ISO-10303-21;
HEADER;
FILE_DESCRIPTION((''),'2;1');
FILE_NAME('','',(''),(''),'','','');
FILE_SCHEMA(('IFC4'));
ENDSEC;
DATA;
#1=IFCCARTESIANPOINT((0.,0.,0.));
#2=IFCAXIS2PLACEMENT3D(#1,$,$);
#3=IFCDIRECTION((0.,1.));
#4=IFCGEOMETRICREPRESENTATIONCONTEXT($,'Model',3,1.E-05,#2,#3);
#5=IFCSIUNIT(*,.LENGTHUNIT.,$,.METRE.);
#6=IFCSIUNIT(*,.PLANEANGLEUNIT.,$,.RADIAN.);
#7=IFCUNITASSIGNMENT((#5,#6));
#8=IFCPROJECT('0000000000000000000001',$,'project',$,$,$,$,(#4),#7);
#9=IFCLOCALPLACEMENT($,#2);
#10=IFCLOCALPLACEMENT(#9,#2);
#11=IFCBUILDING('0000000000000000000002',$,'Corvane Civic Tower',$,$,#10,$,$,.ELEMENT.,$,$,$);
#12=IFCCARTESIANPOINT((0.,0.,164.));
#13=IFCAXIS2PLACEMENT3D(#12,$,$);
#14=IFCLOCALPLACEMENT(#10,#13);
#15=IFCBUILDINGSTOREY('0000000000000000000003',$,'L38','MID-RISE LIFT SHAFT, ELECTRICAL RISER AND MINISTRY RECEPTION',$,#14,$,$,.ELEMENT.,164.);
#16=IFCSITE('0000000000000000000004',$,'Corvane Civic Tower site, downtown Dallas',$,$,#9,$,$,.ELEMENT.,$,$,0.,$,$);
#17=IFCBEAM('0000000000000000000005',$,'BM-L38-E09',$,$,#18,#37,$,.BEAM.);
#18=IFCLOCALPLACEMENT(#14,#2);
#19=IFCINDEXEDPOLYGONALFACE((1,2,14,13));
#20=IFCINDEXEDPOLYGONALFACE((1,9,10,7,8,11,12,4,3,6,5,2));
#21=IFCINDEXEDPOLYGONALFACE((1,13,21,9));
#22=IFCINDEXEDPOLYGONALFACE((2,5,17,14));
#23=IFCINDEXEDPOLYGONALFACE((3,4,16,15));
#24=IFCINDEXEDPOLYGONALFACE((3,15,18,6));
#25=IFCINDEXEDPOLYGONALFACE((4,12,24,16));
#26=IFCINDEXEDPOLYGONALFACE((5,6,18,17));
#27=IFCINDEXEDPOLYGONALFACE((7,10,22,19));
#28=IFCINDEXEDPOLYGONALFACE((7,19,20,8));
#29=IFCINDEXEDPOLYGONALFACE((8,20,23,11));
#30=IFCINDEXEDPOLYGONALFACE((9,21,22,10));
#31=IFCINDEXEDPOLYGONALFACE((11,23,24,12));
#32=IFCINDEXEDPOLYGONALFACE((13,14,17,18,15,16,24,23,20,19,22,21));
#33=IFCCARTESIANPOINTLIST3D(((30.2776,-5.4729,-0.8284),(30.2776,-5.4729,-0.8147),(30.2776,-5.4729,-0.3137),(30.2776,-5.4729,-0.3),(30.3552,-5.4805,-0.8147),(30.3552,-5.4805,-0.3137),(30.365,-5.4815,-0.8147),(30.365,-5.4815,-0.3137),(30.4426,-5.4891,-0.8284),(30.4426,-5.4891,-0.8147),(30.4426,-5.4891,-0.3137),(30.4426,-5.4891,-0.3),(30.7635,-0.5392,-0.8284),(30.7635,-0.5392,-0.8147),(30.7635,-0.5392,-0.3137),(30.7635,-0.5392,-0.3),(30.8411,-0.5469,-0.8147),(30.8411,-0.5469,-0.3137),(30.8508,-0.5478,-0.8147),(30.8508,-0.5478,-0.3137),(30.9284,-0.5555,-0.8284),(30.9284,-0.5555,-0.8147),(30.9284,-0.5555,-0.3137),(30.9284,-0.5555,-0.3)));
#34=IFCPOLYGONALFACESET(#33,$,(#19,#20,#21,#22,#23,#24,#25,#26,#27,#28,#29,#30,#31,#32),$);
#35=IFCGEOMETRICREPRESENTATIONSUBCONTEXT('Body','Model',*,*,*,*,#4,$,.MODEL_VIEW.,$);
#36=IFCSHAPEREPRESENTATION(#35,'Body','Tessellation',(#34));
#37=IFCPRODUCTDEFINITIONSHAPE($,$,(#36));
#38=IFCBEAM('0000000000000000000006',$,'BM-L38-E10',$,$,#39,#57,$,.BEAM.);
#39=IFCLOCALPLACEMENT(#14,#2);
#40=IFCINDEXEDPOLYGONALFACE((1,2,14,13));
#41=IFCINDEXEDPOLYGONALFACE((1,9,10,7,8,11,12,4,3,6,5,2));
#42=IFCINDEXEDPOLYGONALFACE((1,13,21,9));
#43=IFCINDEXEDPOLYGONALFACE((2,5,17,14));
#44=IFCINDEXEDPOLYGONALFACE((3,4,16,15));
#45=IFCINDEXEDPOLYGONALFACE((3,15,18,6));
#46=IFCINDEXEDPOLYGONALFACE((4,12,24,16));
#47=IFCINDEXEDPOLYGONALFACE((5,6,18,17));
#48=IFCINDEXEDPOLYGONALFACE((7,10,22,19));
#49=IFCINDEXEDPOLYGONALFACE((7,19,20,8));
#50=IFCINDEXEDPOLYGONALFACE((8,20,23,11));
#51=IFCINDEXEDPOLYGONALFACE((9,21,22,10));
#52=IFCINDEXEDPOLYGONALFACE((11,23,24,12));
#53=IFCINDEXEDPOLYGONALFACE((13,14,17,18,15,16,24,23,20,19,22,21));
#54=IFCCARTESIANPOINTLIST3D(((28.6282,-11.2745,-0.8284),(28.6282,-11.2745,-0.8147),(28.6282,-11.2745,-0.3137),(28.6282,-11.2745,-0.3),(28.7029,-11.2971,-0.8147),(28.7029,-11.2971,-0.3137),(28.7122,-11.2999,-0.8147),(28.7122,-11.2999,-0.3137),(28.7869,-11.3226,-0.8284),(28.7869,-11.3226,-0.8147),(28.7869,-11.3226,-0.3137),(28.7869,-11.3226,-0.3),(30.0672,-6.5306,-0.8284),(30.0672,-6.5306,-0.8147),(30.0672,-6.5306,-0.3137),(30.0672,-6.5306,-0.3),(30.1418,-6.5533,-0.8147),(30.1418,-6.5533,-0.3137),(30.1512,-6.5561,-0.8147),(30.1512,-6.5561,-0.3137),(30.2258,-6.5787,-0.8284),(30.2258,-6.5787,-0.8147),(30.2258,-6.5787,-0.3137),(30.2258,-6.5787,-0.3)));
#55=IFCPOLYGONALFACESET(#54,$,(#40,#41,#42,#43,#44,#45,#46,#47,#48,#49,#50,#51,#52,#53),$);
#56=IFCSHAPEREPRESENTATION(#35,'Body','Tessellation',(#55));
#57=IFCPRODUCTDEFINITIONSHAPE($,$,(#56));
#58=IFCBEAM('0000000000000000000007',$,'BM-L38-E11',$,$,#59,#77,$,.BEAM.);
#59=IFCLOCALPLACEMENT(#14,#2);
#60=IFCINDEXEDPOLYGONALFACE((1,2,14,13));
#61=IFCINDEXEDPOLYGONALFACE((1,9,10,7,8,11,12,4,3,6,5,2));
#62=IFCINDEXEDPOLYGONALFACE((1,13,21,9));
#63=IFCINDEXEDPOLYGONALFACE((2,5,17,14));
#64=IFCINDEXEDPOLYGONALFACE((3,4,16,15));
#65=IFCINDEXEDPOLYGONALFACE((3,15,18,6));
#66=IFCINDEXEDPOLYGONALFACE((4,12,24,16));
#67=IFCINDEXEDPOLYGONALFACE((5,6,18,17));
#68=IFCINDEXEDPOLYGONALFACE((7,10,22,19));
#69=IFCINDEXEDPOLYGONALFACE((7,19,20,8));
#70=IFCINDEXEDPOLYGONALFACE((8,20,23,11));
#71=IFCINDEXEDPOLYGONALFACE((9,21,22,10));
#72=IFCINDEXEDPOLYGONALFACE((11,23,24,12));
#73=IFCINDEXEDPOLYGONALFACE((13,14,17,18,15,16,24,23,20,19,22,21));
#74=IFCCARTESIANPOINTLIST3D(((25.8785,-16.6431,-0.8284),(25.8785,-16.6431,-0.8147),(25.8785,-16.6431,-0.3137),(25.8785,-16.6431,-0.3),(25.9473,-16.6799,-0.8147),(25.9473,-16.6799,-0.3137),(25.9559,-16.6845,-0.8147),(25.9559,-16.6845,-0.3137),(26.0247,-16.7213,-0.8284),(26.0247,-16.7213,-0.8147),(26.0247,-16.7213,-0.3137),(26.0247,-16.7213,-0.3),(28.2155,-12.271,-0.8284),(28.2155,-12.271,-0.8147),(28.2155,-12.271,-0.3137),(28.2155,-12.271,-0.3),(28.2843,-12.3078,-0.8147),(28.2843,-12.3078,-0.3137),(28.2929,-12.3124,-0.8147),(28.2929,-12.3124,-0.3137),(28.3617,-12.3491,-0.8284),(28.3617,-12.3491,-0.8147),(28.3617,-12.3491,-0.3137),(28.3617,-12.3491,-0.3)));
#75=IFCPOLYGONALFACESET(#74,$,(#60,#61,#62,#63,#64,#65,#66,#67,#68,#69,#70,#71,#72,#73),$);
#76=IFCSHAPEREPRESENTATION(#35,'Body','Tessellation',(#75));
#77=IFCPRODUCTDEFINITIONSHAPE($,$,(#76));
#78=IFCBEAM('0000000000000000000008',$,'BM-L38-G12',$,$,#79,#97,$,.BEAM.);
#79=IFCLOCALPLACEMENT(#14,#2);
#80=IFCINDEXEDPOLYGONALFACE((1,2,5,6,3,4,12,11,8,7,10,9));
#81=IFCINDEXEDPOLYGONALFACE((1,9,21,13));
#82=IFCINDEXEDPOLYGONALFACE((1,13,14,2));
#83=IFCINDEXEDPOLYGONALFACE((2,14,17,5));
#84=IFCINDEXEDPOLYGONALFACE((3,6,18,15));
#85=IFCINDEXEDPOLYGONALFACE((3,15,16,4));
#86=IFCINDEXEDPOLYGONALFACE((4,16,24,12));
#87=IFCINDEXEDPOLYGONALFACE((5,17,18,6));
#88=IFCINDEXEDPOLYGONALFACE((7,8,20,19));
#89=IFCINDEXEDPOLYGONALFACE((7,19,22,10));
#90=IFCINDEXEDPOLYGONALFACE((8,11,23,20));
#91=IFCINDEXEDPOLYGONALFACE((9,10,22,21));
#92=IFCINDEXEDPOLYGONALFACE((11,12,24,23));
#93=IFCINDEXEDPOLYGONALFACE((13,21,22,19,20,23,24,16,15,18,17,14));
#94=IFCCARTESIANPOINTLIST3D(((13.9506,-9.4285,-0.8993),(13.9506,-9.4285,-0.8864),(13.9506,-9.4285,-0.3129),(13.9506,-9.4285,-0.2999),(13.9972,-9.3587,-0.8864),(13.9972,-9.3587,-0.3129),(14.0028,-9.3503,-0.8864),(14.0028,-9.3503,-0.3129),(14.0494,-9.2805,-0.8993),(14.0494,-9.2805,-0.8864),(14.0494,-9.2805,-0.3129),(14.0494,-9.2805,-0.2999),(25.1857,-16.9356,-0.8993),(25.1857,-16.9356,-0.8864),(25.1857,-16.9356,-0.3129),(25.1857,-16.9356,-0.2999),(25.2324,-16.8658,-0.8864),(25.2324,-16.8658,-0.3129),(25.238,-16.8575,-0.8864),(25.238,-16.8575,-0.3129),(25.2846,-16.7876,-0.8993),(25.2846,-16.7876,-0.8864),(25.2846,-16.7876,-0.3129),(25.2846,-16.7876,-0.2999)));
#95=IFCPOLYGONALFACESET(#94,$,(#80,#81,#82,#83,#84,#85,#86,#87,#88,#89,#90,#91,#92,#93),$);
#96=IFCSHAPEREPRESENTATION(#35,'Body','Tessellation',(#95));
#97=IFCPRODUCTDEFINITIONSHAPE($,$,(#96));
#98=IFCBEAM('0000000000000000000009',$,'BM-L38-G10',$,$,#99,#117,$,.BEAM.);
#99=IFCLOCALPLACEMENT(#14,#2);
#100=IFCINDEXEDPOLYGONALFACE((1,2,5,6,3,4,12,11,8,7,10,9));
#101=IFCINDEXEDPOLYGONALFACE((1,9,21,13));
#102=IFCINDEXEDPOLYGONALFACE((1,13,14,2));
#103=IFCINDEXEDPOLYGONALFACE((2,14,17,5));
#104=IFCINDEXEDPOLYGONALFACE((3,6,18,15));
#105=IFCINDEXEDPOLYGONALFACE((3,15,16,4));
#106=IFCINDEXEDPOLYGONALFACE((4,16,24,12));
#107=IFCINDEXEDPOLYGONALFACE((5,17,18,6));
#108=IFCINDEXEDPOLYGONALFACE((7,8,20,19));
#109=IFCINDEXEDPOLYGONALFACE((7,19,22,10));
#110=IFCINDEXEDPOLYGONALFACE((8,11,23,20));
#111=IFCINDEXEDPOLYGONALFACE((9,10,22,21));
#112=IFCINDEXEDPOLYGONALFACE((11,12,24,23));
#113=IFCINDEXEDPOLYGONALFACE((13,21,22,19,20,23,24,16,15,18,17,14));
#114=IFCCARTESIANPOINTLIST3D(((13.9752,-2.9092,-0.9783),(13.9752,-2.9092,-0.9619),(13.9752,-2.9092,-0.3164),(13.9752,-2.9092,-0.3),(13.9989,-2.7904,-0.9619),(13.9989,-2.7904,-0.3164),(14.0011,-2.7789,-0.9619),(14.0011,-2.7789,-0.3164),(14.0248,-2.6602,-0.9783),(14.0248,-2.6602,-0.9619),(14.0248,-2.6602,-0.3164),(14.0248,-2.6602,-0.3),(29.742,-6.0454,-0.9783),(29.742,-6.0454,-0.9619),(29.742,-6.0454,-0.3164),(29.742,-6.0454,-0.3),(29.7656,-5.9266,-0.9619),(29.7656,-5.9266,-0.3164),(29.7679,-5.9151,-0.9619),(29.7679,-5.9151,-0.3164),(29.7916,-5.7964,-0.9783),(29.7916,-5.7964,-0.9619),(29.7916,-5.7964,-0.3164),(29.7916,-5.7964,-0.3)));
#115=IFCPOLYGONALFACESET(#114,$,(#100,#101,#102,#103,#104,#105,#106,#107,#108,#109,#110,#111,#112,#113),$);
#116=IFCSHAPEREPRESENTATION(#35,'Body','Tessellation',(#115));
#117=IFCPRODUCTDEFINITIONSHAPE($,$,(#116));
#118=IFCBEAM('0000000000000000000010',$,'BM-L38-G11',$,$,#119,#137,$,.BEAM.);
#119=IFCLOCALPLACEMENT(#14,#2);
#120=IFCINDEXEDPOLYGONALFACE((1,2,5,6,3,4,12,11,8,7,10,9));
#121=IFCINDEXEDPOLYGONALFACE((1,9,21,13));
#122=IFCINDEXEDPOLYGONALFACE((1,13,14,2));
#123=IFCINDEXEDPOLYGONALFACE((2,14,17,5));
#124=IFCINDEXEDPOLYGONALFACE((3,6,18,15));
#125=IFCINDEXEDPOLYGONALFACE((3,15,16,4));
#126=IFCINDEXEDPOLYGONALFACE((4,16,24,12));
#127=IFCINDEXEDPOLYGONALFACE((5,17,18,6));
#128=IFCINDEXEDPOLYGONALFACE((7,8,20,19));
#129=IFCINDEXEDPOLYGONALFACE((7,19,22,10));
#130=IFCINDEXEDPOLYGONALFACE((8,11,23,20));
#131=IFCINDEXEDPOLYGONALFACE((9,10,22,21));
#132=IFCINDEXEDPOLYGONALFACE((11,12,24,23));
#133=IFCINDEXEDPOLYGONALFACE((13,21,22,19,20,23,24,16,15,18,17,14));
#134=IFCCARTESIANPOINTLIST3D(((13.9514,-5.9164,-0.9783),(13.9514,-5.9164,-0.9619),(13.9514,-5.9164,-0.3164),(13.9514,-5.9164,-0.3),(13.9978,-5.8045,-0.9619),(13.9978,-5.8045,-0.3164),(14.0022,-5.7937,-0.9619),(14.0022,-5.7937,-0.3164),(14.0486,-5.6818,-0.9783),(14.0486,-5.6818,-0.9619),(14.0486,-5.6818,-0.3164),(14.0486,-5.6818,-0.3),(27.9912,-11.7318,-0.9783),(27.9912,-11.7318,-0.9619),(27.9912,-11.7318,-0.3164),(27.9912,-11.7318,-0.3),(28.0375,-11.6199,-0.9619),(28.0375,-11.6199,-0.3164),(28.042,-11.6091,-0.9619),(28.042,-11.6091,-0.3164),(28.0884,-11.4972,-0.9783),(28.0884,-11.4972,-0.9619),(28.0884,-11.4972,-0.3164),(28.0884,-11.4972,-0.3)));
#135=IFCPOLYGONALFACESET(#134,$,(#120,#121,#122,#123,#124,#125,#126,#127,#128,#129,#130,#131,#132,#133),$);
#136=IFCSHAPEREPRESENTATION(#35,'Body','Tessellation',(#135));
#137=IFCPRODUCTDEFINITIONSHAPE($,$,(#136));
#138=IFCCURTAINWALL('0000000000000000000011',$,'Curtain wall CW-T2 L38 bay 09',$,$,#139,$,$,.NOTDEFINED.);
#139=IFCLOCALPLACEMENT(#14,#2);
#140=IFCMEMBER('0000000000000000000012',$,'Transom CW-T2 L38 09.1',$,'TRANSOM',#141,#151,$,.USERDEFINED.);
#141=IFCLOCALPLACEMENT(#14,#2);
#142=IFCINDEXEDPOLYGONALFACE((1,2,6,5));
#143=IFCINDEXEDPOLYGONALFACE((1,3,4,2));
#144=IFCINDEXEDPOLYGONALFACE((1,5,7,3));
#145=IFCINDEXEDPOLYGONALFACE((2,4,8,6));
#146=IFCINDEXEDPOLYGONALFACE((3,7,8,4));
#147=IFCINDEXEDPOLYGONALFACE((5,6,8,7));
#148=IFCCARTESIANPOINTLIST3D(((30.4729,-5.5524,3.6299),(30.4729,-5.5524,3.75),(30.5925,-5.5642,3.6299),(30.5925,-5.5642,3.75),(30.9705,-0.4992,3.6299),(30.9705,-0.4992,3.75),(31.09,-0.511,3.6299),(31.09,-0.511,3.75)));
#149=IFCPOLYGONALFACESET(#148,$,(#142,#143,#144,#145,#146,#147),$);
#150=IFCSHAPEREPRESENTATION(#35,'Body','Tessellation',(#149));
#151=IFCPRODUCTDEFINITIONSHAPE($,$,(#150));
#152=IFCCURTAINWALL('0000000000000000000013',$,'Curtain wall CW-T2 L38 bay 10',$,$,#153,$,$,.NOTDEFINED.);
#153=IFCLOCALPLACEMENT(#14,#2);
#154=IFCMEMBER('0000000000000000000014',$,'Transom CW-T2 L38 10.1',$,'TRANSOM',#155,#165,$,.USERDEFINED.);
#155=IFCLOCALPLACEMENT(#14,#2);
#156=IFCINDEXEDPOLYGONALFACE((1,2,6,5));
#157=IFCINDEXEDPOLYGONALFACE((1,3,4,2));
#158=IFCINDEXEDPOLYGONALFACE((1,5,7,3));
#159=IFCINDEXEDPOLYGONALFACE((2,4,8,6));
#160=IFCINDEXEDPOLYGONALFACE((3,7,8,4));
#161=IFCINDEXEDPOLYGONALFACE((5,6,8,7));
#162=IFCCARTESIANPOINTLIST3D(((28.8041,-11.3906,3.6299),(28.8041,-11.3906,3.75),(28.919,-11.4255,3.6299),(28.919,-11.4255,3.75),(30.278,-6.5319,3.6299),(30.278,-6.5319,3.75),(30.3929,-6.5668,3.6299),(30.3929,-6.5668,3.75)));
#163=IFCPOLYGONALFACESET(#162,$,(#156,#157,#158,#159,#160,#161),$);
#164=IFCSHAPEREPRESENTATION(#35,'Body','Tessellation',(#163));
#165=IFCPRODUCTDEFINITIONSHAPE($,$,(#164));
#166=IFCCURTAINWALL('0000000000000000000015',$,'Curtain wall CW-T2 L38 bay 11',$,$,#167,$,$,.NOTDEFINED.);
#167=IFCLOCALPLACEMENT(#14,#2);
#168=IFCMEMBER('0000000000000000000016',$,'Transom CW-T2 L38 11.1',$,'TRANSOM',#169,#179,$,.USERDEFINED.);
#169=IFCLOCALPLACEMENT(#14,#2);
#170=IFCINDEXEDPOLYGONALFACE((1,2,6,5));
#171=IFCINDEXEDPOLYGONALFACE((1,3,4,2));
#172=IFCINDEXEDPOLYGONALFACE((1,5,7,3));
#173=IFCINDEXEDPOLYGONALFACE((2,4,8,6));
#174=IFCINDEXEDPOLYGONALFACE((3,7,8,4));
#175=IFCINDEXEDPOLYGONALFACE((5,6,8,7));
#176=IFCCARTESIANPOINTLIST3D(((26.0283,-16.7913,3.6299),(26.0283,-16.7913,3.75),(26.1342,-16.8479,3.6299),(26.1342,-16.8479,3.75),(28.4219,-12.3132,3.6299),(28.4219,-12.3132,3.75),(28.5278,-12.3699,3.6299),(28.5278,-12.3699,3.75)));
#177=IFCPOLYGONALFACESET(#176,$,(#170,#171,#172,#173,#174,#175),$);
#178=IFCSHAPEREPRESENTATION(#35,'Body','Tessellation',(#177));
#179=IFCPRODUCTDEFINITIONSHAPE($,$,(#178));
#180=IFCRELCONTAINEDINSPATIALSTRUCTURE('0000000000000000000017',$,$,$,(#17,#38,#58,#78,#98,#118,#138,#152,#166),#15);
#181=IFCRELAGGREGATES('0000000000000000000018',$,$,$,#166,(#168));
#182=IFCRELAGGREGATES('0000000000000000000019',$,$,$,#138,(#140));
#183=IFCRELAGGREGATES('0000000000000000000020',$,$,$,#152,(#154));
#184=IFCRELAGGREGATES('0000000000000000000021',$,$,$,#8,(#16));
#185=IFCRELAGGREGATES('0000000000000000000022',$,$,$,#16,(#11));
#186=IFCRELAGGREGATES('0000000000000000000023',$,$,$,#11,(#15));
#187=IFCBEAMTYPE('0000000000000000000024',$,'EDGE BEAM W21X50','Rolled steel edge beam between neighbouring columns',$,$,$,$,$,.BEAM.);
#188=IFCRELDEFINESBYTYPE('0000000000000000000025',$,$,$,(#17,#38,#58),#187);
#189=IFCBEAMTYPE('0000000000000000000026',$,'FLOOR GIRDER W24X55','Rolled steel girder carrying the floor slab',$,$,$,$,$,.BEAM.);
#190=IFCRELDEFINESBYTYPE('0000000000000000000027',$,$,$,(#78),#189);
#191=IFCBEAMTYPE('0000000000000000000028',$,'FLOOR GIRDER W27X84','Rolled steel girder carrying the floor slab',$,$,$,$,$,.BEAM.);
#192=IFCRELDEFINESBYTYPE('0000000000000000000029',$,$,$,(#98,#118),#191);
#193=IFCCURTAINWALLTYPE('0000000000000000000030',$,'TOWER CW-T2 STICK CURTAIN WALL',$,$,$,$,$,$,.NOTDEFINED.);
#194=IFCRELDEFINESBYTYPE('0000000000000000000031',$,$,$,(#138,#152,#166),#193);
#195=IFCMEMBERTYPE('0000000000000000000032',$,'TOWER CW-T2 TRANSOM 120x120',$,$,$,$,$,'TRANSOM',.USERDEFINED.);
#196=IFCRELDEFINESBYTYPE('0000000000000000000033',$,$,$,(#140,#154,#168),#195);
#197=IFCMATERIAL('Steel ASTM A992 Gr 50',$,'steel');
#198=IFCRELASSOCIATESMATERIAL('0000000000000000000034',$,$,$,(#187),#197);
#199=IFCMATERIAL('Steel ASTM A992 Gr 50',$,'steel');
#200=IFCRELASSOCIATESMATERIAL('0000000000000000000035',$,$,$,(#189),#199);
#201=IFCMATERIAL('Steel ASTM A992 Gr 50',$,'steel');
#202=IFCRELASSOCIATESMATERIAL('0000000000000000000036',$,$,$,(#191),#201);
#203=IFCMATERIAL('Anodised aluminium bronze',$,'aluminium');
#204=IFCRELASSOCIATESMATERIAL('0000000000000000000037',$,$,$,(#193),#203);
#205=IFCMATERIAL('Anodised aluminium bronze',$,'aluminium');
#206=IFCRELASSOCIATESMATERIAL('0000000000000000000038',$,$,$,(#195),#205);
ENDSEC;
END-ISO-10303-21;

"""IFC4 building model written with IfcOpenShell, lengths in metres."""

from ifc_helpers import new_model, si_unit, direction, frame, origin, origin_2d, place, context, subcontext, project, spatial, rectangle, i_section, extrude, material, material_profile, profile_set, type_object, element, aggregate, save


model = new_model("IFC4")

# Units and contexts
model_context = context("Model", 3, precision=1e-05, world=origin(), true_north=direction((0.0, 1.0)))
body_context = subcontext(model_context, "Body", "Model", "MODEL_VIEW")
ifc_project = project(units=[si_unit("LENGTHUNIT", "METRE"), si_unit("PLANEANGLEUNIT", "RADIAN")], contexts=[model_context])

# Site, building, storey
site_placement = place(None, origin())
site = spatial("IfcSite", under=ifc_project, at=site_placement, Name="Corvane Civic Tower site, downtown Dallas", CompositionType="ELEMENT", RefElevation=0.0)
building_placement = place(site_placement, origin())
building = spatial("IfcBuilding", under=site, at=building_placement, Name="Corvane Civic Tower", CompositionType="ELEMENT")
storey_placement = place(building_placement, frame((0.0, 0.0, 164.0)))
storey = spatial("IfcBuildingStorey", under=building, at=storey_placement, Name="L38", Description="MID-RISE LIFT SHAFT, ELECTRICAL RISER AND MINISTRY RECEPTION", CompositionType="ELEMENT", Elevation=164.0)

# Beams
ifc_material_1 = material(Name="Steel ASTM A992 Gr 50", Category="steel")
ifc_material_profile_1 = material_profile(ifc_material_1, i_section(OverallWidth=0.1658, OverallDepth=0.5283, WebThickness=0.0098, FlangeThickness=0.0137, at=origin_2d()), Name="W21X50")
ifc_profile_set_1 = profile_set([ifc_material_profile_1], Name="Steel ASTM A992 Gr 50")
beam_type_1 = type_object("IfcBeamType", Name="EDGE BEAM W21X50", Description="Rolled steel edge beam between neighbouring columns", PredefinedType="BEAM", material=ifc_profile_set_1)
beam_1_placement = place(storey_placement, frame((30.8459, -0.5474, -0.5642), z_axis=(-0.098002, -0.995186, 0.0), x_axis=(0.995186, -0.098002, 0.0)))
element("IfcBeam", 1, at=beam_1_placement, inside=storey, type_object=beam_type_1, Name="BM-L38-E09", PredefinedType="BEAM", context=body_context, shape_type="SweptSolid", body=[
    extrude(i_section(OverallWidth=0.1658, OverallDepth=0.5283, WebThickness=0.0098, FlangeThickness=0.0137, at=origin_2d()), origin(), (0.0, 0.0, 1.0), 4.9575),
])
beam_2_placement = place(storey_placement, frame((30.1465, -6.5547, -0.5642), z_axis=(-0.29027, -0.956945, 0.0), x_axis=(0.956945, -0.29027, 0.0)))
element("IfcBeam", 2, at=beam_2_placement, inside=storey, type_object=beam_type_1, Name="BM-L38-E10", PredefinedType="BEAM", context=body_context, shape_type="SweptSolid", body=[
    extrude(i_section(OverallWidth=0.1658, OverallDepth=0.5283, WebThickness=0.0098, FlangeThickness=0.0137, at=origin_2d()), origin(), (0.0, 0.0, 1.0), 4.9573),
])
beam_3_placement = place(storey_placement, frame((28.2886, -12.3101, -0.5642), z_axis=(-0.471396, -0.881922, 0.0), x_axis=(0.881922, -0.471396, 0.0)))
element("IfcBeam", 3, at=beam_3_placement, inside=storey, type_object=beam_type_1, Name="BM-L38-E11", PredefinedType="BEAM", context=body_context, shape_type="SweptSolid", body=[
    extrude(i_section(OverallWidth=0.1658, OverallDepth=0.5283, WebThickness=0.0098, FlangeThickness=0.0137, at=origin_2d()), origin(), (0.0, 0.0, 1.0), 4.9575),
])
ifc_material_2 = material(Name="Steel ASTM A992 Gr 50", Category="steel")
ifc_material_profile_2 = material_profile(ifc_material_2, i_section(OverallWidth=0.178, OverallDepth=0.5994, WebThickness=0.01, FlangeThickness=0.0129, at=origin_2d()), Name="W24X55")
ifc_profile_set_2 = profile_set([ifc_material_profile_2], Name="Steel ASTM A992 Gr 50")
beam_type_2 = type_object("IfcBeamType", Name="FLOOR GIRDER W24X55", Description="Rolled steel girder carrying the floor slab", PredefinedType="BEAM", material=ifc_profile_set_2)
beam_4_placement = place(storey_placement, frame((14.0, -9.3545, -0.5996), z_axis=(0.831469, -0.555571, 0.0), x_axis=(0.555571, 0.831469, 0.0)))
element("IfcBeam", 4, at=beam_4_placement, inside=storey, type_object=beam_type_2, Name="BM-L38-G12", PredefinedType="BEAM", context=body_context, shape_type="SweptSolid", body=[
    extrude(i_section(OverallWidth=0.178, OverallDepth=0.5994, WebThickness=0.01, FlangeThickness=0.0129, at=origin_2d()), origin(), (0.0, 0.0, 1.0), 13.5125),
])
ifc_material_3 = material(Name="Steel ASTM A992 Gr 50", Category="steel")
ifc_material_profile_3 = material_profile(ifc_material_3, i_section(OverallWidth=0.2539, OverallDepth=0.6782, WebThickness=0.0117, FlangeThickness=0.0164, at=origin_2d()), Name="W27X84")
ifc_profile_set_3 = profile_set([ifc_material_profile_3], Name="Steel ASTM A992 Gr 50")
beam_type_3 = type_object("IfcBeamType", Name="FLOOR GIRDER W27X84", Description="Rolled steel girder carrying the floor slab", PredefinedType="BEAM", material=ifc_profile_set_3)
beam_5_placement = place(storey_placement, frame((14.0, -2.7847, -0.6392), z_axis=(0.980785, -0.195091, 0.0), x_axis=(0.195091, 0.980785, 0.0)))
element("IfcBeam", 5, at=beam_5_placement, inside=storey, type_object=beam_type_3, Name="BM-L38-G10", PredefinedType="BEAM", context=body_context, shape_type="SweptSolid", body=[
    extrude(i_section(OverallWidth=0.2539, OverallDepth=0.6782, WebThickness=0.0117, FlangeThickness=0.0164, at=origin_2d()), origin(), (0.0, 0.0, 1.0), 16.0757),
])
beam_6_placement = place(storey_placement, frame((14.0, -5.7991, -0.6392), z_axis=(0.923881, -0.382681, 0.0), x_axis=(0.382681, 0.923881, 0.0)))
element("IfcBeam", 6, at=beam_6_placement, inside=storey, type_object=beam_type_3, Name="BM-L38-G11", PredefinedType="BEAM", context=body_context, shape_type="SweptSolid", body=[
    extrude(i_section(OverallWidth=0.2539, OverallDepth=0.6782, WebThickness=0.0117, FlangeThickness=0.0164, at=origin_2d()), origin(), (0.0, 0.0, 1.0), 15.1965),
])

# Curtain walls, members
ifc_material_4 = material(Name="Anodised aluminium bronze", Category="aluminium")
curtain_wall_type = type_object("IfcCurtainWallType", Name="TOWER CW-T2 STICK CURTAIN WALL", PredefinedType="NOTDEFINED", material=ifc_material_4)
curtain_wall_1_placement = place(storey_placement, origin())
curtain_wall_1 = element("IfcCurtainWall", 7, at=curtain_wall_1_placement, inside=storey, type_object=curtain_wall_type, Name="Curtain wall CW-T2 L38 bay 09", PredefinedType="NOTDEFINED")
ifc_material_5 = material(Name="Anodised aluminium bronze", Category="aluminium")
ifc_material_profile_4 = material_profile(ifc_material_5, rectangle(XDim=0.1201, YDim=0.1201, at=origin_2d()), Name="TOWER CW-T2 TRANSOM 120x120")
ifc_profile_set_4 = profile_set([ifc_material_profile_4], Name="Anodised aluminium bronze")
member_type = type_object("IfcMemberType", Name="TOWER CW-T2 TRANSOM 120x120", ElementType="TRANSOM", PredefinedType="USERDEFINED", material=ifc_profile_set_4)
member_1_placement = place(storey_placement, frame((31.0303, -0.5051, 3.6899), z_axis=(-0.09799, -0.995187, 0.0), x_axis=(0.995187, -0.09799, 0.0)))
member_1 = element("IfcMember", 8, at=member_1_placement, type_object=member_type, Name="Transom CW-T2 L38 09.1", ObjectType="TRANSOM", PredefinedType="USERDEFINED", context=body_context, shape_type="SweptSolid", body=[
    extrude(rectangle(XDim=0.1201, YDim=0.1201, at=origin_2d()), origin(), (0.0, 0.0, 1.0), 5.0776),
])
curtain_wall_2_placement = place(storey_placement, origin())
curtain_wall_2 = element("IfcCurtainWall", 9, at=curtain_wall_2_placement, inside=storey, type_object=curtain_wall_type, Name="Curtain wall CW-T2 L38 bay 10", PredefinedType="NOTDEFINED")
member_2_placement = place(storey_placement, frame((30.3354, -6.5493, 3.6899), z_axis=(-0.290289, -0.956939, 0.0), x_axis=(0.956939, -0.290289, 0.0)))
member_2 = element("IfcMember", 10, at=member_2_placement, type_object=member_type, Name="Transom CW-T2 L38 10.1", ObjectType="TRANSOM", PredefinedType="USERDEFINED", context=body_context, shape_type="SweptSolid", body=[
    extrude(rectangle(XDim=0.1201, YDim=0.1201, at=origin_2d()), origin(), (0.0, 0.0, 1.0), 5.0774),
])
curtain_wall_3_placement = place(storey_placement, origin())
curtain_wall_3 = element("IfcCurtainWall", 11, at=curtain_wall_3_placement, inside=storey, type_object=curtain_wall_type, Name="Curtain wall CW-T2 L38 bay 11", PredefinedType="NOTDEFINED")
member_3_placement = place(storey_placement, frame((28.4749, -12.3416, 3.6899), z_axis=(-0.471397, -0.881921, 0.0), x_axis=(0.881921, -0.471397, 0.0)))
member_3 = element("IfcMember", 12, at=member_3_placement, type_object=member_type, Name="Transom CW-T2 L38 11.1", ObjectType="TRANSOM", PredefinedType="USERDEFINED", context=body_context, shape_type="SweptSolid", body=[
    extrude(rectangle(XDim=0.1201, YDim=0.1201, at=origin_2d()), origin(), (0.0, 0.0, 1.0), 5.0776),
])
aggregate(curtain_wall_3, [member_3])

aggregate(curtain_wall_1, [member_1])
aggregate(curtain_wall_2, [member_2])

save(model, "model.ifc")
